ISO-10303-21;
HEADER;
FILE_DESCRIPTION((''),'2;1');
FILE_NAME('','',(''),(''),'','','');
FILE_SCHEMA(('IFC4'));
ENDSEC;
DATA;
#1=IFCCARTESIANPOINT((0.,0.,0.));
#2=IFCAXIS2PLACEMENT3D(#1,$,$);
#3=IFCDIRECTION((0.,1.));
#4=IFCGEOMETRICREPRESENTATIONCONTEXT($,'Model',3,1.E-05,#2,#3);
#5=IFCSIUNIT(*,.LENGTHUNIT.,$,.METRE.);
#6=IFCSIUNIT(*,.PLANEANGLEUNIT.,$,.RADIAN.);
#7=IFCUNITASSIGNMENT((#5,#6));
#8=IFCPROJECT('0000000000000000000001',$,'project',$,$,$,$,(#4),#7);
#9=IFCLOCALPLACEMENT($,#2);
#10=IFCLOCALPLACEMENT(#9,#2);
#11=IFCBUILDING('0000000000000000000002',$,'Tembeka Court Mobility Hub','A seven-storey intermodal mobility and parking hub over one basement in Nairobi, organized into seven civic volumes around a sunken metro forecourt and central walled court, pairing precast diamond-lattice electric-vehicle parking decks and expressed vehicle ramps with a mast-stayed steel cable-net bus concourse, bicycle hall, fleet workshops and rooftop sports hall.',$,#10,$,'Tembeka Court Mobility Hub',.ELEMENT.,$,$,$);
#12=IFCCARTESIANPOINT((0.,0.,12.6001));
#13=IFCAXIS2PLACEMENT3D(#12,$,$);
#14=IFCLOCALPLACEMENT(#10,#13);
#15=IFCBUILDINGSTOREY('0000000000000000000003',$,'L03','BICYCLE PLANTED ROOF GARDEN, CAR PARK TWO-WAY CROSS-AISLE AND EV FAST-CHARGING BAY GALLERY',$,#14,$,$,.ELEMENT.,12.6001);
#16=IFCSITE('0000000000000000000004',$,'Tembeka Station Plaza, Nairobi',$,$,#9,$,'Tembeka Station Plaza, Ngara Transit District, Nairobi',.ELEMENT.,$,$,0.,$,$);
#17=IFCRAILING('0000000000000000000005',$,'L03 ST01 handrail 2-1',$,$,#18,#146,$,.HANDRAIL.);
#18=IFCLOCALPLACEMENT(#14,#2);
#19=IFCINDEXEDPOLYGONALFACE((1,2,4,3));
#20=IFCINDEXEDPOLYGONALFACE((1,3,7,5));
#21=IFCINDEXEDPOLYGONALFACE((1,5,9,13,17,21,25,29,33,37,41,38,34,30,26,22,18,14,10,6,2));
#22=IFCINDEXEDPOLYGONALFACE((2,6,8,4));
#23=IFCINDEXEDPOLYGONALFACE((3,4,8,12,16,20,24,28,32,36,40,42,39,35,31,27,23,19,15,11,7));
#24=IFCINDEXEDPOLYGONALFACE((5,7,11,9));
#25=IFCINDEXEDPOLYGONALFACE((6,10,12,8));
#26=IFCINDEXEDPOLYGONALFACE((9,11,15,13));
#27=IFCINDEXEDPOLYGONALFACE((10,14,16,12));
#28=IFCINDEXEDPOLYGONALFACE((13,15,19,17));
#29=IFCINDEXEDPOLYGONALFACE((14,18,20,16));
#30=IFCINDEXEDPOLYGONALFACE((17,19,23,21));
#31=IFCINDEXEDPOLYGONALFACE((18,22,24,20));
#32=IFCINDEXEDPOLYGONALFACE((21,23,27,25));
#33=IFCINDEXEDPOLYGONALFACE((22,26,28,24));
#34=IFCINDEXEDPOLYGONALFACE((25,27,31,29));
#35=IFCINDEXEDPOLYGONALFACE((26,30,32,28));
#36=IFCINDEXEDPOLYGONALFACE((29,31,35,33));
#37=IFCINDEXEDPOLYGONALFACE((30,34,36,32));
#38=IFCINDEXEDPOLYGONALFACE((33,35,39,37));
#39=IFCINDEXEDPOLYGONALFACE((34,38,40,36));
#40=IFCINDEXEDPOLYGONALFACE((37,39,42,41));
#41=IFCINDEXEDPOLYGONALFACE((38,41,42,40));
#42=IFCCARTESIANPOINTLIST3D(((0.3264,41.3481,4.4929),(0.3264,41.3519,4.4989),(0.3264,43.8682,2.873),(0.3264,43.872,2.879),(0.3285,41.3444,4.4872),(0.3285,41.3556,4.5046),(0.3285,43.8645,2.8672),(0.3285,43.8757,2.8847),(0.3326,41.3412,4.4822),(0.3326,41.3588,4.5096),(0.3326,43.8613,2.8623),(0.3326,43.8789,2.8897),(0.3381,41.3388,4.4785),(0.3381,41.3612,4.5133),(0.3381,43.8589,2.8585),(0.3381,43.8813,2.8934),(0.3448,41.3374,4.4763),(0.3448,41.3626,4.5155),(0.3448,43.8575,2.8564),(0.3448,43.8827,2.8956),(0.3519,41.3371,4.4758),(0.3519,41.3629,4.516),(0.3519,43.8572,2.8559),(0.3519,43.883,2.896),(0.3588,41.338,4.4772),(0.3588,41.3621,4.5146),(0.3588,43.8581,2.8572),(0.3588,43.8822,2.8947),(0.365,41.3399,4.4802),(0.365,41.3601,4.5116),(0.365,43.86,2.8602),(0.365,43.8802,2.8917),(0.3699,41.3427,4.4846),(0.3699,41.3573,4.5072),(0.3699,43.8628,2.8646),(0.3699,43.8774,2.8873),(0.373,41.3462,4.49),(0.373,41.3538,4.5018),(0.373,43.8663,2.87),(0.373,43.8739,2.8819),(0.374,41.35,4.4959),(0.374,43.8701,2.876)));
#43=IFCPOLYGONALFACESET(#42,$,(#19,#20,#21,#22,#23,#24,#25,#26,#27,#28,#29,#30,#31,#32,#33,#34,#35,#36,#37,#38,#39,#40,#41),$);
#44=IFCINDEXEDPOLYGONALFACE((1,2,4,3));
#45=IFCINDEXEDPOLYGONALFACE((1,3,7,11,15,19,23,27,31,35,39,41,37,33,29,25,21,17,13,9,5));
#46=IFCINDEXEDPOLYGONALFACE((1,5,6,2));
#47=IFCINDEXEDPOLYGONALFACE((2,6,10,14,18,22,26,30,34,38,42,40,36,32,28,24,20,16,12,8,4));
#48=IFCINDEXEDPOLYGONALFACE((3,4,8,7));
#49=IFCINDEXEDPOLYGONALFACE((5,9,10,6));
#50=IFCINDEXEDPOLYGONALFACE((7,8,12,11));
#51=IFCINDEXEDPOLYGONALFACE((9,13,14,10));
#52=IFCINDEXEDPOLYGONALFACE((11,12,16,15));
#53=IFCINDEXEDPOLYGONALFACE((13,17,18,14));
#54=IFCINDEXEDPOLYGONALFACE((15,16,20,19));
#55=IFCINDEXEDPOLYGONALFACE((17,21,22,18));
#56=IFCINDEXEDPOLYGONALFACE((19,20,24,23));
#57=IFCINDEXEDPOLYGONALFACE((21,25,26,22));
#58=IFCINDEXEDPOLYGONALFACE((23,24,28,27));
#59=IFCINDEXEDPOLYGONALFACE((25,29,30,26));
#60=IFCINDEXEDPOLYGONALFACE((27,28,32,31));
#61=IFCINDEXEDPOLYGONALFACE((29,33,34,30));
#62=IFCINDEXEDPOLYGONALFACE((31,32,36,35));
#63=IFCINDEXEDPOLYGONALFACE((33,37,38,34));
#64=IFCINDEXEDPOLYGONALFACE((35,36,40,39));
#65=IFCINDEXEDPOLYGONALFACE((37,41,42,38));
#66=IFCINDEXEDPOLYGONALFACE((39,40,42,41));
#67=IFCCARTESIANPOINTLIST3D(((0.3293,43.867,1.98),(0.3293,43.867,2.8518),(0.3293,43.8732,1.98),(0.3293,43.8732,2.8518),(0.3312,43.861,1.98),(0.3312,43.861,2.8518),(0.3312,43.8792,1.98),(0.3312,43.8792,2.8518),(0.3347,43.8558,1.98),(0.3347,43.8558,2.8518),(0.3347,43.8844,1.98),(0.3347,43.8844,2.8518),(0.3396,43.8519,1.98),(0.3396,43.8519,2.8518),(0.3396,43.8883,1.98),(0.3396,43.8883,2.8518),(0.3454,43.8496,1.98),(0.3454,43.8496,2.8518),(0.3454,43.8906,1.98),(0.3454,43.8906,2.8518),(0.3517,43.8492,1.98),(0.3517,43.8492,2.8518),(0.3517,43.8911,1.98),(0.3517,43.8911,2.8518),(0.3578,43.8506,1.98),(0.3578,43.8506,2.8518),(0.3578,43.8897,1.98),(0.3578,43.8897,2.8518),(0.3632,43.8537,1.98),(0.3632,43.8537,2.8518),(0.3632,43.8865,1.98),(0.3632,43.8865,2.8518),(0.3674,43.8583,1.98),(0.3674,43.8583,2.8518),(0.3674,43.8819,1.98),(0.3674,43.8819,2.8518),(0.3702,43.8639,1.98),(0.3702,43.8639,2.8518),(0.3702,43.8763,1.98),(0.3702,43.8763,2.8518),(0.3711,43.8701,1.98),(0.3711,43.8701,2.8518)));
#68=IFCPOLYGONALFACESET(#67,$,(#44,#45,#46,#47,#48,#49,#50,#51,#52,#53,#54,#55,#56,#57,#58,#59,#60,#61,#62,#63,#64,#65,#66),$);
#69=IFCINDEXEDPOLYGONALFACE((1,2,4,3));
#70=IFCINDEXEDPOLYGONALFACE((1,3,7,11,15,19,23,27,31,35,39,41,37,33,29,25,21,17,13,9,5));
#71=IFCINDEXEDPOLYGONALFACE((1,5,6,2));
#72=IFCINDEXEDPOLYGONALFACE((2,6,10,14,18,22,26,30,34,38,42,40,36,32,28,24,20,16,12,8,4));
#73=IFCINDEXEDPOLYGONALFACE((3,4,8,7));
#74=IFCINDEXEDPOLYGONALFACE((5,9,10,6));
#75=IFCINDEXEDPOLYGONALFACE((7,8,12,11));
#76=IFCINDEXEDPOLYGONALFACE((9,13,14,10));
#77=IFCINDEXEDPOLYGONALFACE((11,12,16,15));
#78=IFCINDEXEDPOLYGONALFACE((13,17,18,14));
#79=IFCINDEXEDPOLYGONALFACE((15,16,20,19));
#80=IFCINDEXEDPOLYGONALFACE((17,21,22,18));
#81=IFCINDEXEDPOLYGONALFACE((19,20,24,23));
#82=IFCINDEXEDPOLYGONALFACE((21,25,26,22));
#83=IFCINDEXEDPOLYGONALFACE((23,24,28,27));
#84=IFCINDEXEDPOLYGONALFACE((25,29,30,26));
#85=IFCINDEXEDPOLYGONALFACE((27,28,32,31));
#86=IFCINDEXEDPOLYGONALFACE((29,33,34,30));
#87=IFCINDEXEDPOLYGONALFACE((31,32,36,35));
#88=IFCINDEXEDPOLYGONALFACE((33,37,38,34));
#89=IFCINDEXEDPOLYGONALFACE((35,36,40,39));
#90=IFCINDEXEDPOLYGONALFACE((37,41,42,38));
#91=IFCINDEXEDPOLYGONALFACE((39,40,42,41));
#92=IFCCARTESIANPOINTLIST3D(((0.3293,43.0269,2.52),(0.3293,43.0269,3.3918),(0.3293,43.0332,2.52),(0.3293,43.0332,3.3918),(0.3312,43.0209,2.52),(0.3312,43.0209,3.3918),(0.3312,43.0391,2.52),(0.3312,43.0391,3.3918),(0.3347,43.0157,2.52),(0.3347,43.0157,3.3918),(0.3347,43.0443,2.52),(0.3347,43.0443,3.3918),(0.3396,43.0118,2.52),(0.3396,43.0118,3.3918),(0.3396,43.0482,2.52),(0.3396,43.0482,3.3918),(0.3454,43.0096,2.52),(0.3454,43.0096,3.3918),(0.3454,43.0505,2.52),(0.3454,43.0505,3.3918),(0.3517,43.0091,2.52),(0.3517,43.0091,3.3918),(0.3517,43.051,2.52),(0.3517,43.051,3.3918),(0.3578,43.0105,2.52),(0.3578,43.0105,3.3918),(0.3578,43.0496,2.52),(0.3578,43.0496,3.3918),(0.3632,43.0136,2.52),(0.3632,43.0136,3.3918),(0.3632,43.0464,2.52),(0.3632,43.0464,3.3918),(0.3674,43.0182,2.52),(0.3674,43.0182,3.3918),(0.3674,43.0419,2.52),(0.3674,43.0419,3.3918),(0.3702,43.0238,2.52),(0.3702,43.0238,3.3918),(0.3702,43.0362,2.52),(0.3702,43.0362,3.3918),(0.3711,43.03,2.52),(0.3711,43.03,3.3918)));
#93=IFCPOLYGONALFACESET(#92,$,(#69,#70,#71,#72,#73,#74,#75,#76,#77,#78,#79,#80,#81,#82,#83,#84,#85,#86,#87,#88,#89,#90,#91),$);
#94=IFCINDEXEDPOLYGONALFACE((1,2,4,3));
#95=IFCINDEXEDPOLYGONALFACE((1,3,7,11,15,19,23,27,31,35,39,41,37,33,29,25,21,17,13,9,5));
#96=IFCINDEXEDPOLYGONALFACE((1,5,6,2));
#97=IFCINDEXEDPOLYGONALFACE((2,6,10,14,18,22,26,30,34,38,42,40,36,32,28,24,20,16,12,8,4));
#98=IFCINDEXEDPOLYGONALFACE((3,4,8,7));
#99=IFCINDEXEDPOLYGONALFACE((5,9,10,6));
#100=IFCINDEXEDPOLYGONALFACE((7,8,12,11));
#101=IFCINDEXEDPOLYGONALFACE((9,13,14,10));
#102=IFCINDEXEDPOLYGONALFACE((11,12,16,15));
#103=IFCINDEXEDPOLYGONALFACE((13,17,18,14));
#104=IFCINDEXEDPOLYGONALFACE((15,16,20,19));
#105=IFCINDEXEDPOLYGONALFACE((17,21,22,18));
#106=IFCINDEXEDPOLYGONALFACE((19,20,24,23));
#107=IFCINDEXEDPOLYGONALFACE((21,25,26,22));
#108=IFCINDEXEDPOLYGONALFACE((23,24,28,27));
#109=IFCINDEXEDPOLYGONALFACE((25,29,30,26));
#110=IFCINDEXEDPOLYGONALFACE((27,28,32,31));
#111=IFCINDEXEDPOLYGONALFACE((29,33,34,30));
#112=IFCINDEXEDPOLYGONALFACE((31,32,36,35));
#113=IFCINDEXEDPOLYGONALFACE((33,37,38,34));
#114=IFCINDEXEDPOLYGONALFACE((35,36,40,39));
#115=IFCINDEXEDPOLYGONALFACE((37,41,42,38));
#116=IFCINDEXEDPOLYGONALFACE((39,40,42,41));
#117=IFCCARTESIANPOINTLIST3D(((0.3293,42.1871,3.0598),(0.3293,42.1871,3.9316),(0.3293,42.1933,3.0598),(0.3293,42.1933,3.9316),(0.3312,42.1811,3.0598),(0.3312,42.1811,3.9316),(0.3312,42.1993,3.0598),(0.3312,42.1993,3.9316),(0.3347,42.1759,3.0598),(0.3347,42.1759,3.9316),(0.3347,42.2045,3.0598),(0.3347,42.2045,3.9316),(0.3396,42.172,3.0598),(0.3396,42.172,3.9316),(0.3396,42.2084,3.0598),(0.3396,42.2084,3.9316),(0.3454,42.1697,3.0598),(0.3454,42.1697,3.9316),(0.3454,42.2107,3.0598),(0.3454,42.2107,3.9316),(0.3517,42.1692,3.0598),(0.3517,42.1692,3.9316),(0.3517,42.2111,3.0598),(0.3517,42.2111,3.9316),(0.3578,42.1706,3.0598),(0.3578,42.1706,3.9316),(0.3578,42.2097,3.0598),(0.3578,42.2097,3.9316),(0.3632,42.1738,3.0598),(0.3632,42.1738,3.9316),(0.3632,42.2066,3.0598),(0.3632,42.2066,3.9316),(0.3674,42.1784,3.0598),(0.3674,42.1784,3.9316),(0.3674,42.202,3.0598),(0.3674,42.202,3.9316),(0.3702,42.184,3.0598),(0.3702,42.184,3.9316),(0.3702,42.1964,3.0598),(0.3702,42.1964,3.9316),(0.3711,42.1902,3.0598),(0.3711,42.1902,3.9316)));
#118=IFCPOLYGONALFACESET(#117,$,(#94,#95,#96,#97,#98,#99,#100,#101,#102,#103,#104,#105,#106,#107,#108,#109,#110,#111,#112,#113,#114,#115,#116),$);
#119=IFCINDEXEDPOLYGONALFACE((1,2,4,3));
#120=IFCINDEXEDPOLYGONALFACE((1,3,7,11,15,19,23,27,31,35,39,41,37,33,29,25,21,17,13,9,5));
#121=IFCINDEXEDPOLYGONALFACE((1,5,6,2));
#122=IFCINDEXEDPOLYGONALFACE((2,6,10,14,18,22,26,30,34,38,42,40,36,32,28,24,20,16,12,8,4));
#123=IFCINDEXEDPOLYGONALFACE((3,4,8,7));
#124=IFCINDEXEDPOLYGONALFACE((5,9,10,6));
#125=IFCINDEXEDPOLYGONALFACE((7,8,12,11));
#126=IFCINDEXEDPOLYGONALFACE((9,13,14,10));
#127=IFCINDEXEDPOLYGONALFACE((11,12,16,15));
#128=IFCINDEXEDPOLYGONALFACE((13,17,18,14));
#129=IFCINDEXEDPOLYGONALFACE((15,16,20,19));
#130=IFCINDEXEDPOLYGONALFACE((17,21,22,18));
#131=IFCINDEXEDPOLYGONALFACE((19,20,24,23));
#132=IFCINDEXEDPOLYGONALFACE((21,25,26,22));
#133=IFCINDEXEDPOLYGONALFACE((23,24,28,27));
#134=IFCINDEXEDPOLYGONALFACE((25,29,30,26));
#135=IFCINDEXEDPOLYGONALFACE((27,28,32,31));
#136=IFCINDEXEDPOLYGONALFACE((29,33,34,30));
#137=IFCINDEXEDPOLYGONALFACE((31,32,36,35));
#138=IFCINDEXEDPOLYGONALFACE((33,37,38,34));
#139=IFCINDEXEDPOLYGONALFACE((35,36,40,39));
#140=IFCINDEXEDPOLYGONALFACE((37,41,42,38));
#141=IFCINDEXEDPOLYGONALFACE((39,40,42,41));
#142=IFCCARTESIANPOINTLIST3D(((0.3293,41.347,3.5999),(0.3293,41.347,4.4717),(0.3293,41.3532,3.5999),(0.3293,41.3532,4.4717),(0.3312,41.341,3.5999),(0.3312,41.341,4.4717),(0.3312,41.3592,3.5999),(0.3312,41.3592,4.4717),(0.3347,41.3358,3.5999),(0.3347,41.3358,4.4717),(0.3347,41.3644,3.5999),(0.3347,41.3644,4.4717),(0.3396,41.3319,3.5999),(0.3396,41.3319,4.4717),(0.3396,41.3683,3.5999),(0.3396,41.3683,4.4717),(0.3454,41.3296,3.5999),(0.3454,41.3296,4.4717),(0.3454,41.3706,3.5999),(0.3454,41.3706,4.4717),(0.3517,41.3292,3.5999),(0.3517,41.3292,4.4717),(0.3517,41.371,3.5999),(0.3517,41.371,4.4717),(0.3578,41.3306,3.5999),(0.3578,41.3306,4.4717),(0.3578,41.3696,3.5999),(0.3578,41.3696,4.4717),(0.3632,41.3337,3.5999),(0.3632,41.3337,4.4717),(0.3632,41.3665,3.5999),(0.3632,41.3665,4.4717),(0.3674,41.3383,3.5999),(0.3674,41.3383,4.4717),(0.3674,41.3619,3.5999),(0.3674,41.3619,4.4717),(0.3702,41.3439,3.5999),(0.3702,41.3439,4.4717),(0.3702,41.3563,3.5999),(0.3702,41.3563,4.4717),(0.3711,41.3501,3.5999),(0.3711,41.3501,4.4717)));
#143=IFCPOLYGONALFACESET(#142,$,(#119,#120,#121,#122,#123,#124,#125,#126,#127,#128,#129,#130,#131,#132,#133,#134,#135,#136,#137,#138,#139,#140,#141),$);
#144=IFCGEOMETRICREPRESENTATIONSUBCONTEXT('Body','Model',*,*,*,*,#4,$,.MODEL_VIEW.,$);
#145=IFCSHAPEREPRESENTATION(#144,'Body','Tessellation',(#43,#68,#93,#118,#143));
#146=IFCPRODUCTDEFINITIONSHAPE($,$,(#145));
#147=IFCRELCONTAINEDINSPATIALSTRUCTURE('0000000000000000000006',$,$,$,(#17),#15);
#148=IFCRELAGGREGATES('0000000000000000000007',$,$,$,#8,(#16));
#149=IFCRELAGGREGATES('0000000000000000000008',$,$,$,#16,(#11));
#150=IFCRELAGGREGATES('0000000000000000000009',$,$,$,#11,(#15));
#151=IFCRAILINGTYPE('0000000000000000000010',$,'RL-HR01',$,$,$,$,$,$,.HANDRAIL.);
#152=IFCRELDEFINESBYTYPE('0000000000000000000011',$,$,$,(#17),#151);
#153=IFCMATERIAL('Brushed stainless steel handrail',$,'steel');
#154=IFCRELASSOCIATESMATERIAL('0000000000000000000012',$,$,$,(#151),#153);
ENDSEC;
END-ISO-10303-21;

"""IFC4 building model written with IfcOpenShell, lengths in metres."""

from ifc_helpers import new_model, si_unit, direction, frame, origin, origin_2d, place, context, subcontext, project, spatial, circle, extrude, material, type_object, element, save


model = new_model("IFC4")

# Units and contexts
model_context = context("Model", 3, precision=1e-05, world=origin(), true_north=direction((0.0, 1.0)))
body_context = subcontext(model_context, "Body", "Model", "MODEL_VIEW")
ifc_project = project(units=[si_unit("LENGTHUNIT", "METRE"), si_unit("PLANEANGLEUNIT", "RADIAN")], contexts=[model_context])

# Site, building, storey
site_placement = place(None, origin())
site = spatial("IfcSite", under=ifc_project, at=site_placement, Name="Tembeka Station Plaza, Nairobi", LongName="Tembeka Station Plaza, Ngara Transit District, Nairobi", CompositionType="ELEMENT", RefElevation=0.0)
building_placement = place(site_placement, origin())
building = spatial("IfcBuilding", under=site, at=building_placement, Name="Tembeka Court Mobility Hub", Description="A seven-storey intermodal mobility and parking hub over one basement in Nairobi, organized into seven civic volumes around a sunken metro forecourt and central walled court, pairing precast diamond-lattice electric-vehicle parking decks and expressed vehicle ramps with a mast-stayed steel cable-net bus concourse, bicycle hall, fleet workshops and rooftop sports hall.", LongName="Tembeka Court Mobility Hub", CompositionType="ELEMENT")
storey_placement = place(building_placement, frame((0.0, 0.0, 12.6001)))
storey = spatial("IfcBuildingStorey", under=building, at=storey_placement, Name="L03", Description="BICYCLE PLANTED ROOF GARDEN, CAR PARK TWO-WAY CROSS-AISLE AND EV FAST-CHARGING BAY GALLERY", CompositionType="ELEMENT", Elevation=12.6001)

# Railing
ifc_material_1 = material(Name="Brushed stainless steel handrail", Category="steel")
railing_type_1 = type_object("IfcRailingType", Name="RL-HR01", PredefinedType="HANDRAIL", material=ifc_material_1)
railing_1_placement = place(storey_placement, frame((0.3501, 43.8701, 1.98)))
element("IfcRailing", 1, at=railing_1_placement, inside=storey, type_object=railing_type_1, Name="L03 ST01 handrail 2-1", PredefinedType="HANDRAIL", context=body_context, shape_type="SweptSolid", body=[
    extrude(circle(Radius=0.0239, at=origin_2d()), frame((0.0, 0.0, 0.896), z_axis=(0.0, -0.8412, 0.540725), x_axis=(1.0, 0.0, 0.0)), (0.0, 0.0, 1.0), 2.9958),
    extrude(circle(Radius=0.021, at=origin_2d()), origin(), (0.0, 0.0, 1.0), 0.8718),
    extrude(circle(Radius=0.021, at=origin_2d()), frame((0.0, -0.8401, 0.54)), (0.0, 0.0, 1.0), 0.8718),
    extrude(circle(Radius=0.021, at=origin_2d()), frame((0.0, -1.6799, 1.0798)), (0.0, 0.0, 1.0), 0.8718),
    extrude(circle(Radius=0.021, at=origin_2d()), frame((0.0, -2.52, 1.6199)), (0.0, 0.0, 1.0), 0.8718),
])

save(model, "model.ifc")
